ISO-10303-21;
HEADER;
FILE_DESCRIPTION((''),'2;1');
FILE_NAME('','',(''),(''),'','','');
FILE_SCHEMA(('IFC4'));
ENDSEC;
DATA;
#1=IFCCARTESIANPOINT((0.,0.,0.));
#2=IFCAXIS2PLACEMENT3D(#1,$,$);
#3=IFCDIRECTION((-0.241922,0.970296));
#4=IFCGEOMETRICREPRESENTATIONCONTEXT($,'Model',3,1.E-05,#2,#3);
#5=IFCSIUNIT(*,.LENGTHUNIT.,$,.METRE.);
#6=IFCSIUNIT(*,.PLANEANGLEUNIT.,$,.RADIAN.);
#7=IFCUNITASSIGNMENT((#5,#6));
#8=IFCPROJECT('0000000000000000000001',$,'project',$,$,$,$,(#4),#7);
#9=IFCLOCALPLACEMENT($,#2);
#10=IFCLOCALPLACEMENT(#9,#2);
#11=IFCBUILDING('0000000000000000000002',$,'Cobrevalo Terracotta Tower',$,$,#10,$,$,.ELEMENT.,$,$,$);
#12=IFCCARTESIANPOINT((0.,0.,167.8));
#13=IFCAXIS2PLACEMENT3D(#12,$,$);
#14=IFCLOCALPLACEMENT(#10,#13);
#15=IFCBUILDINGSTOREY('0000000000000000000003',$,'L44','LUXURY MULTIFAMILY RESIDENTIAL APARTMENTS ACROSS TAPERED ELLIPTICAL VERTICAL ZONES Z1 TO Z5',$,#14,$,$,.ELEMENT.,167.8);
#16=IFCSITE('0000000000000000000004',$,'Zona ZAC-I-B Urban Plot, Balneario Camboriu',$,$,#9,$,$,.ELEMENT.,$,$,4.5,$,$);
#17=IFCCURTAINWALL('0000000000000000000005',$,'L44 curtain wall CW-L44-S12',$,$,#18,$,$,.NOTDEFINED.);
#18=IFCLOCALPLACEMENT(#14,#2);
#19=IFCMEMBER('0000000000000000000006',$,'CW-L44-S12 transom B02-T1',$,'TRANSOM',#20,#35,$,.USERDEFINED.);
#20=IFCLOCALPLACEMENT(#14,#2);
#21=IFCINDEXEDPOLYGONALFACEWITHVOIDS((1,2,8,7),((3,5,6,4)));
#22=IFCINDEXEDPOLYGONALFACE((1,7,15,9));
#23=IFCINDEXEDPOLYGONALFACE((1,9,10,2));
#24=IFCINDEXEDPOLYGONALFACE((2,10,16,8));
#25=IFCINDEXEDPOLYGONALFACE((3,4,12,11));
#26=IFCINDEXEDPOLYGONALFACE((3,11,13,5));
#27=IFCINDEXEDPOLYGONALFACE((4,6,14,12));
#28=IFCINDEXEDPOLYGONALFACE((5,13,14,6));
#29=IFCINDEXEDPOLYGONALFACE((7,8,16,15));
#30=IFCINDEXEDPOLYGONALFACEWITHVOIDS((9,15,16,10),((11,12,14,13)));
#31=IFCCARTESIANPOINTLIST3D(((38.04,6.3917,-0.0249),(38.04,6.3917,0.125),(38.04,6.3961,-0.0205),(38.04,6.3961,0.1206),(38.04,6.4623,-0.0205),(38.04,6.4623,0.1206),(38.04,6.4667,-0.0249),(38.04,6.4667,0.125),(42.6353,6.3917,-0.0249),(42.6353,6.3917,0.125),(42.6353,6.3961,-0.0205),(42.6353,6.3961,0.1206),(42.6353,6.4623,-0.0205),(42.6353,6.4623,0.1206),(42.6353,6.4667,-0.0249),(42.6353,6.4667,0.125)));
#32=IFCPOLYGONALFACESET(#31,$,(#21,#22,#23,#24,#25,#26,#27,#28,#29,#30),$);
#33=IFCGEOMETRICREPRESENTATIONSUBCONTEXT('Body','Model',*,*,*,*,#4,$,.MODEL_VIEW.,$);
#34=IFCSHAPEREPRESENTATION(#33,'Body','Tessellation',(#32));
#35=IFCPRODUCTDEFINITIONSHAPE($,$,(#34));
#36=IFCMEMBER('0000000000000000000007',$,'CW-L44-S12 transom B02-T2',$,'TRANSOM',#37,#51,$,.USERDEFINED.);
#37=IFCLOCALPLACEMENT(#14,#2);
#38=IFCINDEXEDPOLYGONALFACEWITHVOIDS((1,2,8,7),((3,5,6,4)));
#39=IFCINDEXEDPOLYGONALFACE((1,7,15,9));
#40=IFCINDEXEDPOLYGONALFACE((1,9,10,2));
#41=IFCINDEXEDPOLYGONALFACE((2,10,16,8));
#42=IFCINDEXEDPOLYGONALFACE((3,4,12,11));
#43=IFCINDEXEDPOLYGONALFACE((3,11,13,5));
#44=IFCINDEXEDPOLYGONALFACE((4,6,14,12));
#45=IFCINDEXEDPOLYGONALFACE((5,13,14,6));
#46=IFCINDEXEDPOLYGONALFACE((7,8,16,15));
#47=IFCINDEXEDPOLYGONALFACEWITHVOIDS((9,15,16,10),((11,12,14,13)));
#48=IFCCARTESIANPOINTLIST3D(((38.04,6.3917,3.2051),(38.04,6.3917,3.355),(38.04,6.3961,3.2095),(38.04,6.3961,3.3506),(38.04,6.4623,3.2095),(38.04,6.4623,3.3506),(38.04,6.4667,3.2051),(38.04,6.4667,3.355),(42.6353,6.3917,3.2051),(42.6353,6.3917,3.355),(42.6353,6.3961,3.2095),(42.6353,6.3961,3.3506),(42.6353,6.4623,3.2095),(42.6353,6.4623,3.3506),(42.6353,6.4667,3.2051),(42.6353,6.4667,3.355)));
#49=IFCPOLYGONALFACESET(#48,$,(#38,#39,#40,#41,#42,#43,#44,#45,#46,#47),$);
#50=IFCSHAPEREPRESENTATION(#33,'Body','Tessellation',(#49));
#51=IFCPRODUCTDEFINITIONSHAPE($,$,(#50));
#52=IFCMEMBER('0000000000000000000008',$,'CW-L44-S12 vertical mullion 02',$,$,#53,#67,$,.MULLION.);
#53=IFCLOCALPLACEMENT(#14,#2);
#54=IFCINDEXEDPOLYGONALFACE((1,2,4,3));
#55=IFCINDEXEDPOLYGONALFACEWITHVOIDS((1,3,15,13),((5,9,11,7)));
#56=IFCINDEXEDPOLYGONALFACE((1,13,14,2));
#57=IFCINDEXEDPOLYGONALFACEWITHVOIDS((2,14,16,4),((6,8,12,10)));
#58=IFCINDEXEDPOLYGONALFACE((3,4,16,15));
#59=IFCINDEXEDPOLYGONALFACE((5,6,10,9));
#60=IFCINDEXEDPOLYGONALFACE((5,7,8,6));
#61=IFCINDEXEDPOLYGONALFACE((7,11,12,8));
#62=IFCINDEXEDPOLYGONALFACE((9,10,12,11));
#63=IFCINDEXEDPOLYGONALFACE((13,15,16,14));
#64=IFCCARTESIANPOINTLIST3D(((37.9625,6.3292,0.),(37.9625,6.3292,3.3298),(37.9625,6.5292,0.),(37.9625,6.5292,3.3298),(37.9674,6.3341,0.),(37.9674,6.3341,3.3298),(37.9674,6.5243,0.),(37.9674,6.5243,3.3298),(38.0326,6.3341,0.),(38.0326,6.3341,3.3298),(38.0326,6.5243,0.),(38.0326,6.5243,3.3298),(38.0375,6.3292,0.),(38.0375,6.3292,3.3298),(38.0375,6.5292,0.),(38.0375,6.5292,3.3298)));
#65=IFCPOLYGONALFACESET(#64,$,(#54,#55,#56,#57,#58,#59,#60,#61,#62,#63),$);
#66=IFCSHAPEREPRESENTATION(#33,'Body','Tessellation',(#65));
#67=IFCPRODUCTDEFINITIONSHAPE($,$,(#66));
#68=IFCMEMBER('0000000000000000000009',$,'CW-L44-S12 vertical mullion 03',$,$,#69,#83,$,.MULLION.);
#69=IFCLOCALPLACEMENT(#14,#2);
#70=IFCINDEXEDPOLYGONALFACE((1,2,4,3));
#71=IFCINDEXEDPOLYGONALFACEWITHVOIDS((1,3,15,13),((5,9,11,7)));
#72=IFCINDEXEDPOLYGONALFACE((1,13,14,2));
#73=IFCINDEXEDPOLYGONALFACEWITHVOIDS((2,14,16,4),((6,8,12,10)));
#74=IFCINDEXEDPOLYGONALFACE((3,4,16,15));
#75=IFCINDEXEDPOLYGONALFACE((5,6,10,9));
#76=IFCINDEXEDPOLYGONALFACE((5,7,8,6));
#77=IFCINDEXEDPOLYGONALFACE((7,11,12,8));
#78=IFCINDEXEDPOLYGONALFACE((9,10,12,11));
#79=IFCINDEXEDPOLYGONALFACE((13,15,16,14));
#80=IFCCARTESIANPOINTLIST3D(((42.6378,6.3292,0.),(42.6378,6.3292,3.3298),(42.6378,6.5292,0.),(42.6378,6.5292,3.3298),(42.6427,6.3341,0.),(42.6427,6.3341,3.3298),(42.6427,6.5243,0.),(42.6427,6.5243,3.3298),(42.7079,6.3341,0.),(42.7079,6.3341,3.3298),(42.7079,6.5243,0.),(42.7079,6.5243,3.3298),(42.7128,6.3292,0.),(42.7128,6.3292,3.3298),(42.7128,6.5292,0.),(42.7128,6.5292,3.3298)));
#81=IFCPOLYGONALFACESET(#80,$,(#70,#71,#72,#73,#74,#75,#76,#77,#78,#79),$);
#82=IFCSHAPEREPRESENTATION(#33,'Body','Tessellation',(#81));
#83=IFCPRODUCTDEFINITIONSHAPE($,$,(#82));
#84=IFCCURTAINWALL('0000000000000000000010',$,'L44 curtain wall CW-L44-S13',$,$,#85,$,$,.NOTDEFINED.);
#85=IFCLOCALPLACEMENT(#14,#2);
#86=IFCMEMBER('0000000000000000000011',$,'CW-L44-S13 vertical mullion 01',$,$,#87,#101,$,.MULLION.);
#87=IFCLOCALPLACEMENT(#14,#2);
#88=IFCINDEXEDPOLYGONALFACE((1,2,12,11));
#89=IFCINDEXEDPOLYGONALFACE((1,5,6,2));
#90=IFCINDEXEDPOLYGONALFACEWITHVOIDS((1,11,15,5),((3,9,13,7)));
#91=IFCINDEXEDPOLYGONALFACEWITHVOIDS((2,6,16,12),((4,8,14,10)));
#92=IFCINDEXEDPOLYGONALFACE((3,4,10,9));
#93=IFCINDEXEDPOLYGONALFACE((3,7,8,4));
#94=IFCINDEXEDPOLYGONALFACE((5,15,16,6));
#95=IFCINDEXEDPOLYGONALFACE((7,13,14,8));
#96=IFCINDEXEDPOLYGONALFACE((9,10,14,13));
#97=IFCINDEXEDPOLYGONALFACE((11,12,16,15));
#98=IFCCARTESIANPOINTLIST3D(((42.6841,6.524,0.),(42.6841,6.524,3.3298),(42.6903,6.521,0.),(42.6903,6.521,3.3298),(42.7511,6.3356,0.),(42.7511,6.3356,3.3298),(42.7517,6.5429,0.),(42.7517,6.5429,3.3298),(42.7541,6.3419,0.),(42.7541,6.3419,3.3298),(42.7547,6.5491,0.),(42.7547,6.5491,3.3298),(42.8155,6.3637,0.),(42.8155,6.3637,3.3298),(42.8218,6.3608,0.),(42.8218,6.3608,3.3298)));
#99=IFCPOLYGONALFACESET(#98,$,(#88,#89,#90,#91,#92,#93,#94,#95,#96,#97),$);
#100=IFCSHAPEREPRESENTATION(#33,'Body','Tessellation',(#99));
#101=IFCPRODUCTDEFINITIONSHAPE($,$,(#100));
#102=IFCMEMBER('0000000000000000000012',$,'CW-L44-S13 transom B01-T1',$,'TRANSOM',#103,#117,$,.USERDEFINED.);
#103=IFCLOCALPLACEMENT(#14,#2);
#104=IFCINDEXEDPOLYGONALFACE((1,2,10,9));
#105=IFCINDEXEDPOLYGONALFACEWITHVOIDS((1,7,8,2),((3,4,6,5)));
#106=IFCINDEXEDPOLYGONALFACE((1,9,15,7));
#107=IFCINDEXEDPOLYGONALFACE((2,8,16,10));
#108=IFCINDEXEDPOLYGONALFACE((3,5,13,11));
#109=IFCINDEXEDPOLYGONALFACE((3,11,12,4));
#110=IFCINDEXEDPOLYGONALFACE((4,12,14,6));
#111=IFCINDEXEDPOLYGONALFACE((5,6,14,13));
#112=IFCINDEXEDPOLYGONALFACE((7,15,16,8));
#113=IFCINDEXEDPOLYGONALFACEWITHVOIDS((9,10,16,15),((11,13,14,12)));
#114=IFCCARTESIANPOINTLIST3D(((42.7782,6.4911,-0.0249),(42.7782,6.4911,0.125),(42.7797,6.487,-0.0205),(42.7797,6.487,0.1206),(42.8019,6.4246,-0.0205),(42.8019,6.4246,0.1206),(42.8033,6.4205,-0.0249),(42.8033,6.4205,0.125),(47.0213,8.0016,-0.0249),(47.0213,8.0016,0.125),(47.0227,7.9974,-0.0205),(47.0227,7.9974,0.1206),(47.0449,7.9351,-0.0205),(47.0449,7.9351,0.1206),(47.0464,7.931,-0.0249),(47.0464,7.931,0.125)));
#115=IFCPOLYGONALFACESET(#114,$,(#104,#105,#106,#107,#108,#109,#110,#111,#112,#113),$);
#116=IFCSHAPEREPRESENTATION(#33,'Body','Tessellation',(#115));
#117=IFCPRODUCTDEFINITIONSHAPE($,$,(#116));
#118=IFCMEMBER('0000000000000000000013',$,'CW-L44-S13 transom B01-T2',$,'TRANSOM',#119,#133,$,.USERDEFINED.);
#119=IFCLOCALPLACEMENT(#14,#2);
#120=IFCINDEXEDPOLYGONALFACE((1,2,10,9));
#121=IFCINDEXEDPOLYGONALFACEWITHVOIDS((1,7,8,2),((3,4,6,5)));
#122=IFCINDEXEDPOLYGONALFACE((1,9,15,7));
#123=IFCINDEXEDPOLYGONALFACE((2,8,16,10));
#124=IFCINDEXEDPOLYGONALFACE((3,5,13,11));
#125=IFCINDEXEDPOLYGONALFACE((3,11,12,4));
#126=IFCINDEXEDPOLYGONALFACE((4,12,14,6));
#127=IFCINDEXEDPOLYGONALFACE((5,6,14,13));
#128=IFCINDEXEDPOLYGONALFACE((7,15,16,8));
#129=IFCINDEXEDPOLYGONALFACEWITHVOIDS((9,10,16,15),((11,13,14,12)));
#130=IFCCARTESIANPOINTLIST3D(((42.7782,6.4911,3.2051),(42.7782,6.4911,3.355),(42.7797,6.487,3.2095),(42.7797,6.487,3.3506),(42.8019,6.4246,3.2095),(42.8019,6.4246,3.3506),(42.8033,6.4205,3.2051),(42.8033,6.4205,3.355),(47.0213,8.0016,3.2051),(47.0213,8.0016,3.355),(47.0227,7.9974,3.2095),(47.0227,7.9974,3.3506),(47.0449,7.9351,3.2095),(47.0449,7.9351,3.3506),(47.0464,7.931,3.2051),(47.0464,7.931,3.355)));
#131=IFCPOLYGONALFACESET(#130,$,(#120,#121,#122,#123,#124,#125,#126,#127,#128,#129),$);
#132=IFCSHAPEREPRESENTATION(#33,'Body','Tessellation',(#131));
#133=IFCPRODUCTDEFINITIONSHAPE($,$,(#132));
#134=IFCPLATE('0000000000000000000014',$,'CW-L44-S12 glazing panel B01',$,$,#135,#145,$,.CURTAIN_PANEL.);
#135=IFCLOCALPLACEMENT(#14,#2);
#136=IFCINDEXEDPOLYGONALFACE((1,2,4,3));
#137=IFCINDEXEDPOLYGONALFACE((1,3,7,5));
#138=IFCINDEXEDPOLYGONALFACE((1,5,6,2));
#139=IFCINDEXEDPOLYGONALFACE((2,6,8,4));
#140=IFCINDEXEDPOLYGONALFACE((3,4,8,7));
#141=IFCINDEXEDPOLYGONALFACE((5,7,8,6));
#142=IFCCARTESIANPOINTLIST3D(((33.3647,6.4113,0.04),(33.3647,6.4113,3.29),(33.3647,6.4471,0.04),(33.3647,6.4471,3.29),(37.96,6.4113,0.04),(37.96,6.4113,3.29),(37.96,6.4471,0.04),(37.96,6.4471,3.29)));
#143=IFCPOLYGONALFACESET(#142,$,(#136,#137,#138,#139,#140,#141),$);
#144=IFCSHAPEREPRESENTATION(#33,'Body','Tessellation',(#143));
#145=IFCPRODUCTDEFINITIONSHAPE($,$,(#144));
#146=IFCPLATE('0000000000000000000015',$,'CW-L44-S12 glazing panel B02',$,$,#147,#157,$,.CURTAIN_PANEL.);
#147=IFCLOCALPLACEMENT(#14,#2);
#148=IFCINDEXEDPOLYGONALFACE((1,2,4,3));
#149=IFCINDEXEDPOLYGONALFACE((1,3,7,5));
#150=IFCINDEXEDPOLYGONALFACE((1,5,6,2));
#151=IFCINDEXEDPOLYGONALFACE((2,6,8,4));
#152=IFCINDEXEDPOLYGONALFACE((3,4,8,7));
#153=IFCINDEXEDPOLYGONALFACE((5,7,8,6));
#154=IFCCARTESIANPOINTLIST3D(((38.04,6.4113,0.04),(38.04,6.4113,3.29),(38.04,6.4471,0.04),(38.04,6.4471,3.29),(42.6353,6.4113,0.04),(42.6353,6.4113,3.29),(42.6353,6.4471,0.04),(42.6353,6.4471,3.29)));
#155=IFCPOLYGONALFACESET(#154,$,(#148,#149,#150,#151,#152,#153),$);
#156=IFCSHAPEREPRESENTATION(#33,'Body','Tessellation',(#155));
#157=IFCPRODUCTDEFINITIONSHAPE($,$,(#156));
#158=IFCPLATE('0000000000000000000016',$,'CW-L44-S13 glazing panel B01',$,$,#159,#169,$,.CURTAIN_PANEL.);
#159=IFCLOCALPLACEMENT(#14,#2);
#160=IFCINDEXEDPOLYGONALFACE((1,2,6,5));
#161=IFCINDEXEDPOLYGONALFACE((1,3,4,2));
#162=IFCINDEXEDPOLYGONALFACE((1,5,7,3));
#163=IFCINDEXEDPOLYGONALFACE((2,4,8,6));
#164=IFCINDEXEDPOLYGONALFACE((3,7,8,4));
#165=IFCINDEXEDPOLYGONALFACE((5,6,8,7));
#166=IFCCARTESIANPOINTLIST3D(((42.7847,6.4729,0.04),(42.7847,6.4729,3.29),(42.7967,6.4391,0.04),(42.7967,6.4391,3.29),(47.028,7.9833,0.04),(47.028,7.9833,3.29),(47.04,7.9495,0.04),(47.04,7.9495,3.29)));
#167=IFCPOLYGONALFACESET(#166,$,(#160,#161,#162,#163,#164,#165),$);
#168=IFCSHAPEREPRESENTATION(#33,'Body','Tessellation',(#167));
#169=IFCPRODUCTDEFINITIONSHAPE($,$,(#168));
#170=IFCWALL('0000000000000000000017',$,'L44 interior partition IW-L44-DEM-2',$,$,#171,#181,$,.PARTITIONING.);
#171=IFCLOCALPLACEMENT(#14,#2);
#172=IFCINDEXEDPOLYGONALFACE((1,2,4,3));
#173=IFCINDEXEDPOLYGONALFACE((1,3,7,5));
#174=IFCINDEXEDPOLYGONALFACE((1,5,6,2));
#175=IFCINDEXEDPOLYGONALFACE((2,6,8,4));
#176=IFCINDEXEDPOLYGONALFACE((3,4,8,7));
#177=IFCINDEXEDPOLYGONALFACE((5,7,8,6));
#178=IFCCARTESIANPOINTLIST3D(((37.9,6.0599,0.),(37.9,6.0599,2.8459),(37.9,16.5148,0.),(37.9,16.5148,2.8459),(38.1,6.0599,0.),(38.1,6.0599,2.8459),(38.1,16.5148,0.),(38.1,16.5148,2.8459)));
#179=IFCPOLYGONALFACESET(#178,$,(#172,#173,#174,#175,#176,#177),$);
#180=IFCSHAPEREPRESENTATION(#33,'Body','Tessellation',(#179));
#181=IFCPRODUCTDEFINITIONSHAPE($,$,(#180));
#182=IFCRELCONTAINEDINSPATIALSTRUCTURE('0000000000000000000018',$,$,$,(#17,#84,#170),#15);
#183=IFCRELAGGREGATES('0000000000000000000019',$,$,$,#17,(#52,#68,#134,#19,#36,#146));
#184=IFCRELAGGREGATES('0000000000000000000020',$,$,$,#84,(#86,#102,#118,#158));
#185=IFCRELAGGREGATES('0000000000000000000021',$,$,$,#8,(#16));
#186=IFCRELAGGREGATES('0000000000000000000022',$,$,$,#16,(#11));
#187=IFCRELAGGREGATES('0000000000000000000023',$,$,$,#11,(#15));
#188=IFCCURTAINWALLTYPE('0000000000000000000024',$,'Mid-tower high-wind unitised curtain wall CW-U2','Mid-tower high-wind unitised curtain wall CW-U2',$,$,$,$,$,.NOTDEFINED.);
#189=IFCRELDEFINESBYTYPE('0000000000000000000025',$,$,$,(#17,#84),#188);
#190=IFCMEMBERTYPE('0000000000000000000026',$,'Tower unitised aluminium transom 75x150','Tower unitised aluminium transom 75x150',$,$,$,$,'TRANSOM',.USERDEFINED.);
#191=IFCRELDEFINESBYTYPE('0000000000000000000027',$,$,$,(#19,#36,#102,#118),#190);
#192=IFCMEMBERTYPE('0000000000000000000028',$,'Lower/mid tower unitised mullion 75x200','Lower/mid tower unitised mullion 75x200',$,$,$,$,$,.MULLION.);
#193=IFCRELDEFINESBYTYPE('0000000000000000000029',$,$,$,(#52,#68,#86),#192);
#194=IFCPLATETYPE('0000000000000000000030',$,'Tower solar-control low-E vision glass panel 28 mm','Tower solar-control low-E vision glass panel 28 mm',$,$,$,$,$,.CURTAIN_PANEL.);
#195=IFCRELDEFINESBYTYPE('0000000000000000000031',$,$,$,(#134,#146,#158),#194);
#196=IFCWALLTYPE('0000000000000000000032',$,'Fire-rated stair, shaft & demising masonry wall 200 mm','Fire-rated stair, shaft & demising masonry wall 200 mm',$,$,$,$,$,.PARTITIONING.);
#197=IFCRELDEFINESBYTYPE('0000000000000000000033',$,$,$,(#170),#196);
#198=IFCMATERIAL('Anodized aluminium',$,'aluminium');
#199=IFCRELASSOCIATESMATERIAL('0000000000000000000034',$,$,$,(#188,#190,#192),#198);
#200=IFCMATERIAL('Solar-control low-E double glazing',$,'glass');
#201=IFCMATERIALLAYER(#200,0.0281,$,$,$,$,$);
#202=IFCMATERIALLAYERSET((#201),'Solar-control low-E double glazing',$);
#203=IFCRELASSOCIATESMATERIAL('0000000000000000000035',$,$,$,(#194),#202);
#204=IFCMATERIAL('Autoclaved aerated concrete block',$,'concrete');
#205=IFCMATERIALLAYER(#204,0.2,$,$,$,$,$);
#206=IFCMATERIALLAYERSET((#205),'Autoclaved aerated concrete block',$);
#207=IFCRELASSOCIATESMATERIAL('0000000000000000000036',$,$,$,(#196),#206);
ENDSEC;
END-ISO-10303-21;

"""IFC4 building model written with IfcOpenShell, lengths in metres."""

from ifc_helpers import new_model, si_unit, direction, frame, frame_2d, origin, origin_2d, place, context, subcontext, project, spatial, rectangle, hollow_rectangle, extrude, source, transform, mapped, material, layer, layer_set, material_profile, profile_set, type_object, element, aggregate, save


model = new_model("IFC4")

# Units and contexts
model_context = context("Model", 3, precision=1e-05, world=origin(), true_north=direction((-0.241922, 0.970296)))
body_context = subcontext(model_context, "Body", "Model", "MODEL_VIEW")
ifc_project = project(units=[si_unit("LENGTHUNIT", "METRE"), si_unit("PLANEANGLEUNIT", "RADIAN")], contexts=[model_context])

# Site, building, storey
site_placement = place(None, origin())
site = spatial("IfcSite", under=ifc_project, at=site_placement, Name="Zona ZAC-I-B Urban Plot, Balneario Camboriu", CompositionType="ELEMENT", RefElevation=4.5)
building_placement = place(site_placement, origin())
building = spatial("IfcBuilding", under=site, at=building_placement, Name="Cobrevalo Terracotta Tower", CompositionType="ELEMENT")
storey_placement = place(building_placement, frame((0.0, 0.0, 167.8)))
storey = spatial("IfcBuildingStorey", under=building, at=storey_placement, Name="L44", Description="LUXURY MULTIFAMILY RESIDENTIAL APARTMENTS ACROSS TAPERED ELLIPTICAL VERTICAL ZONES Z1 TO Z5", CompositionType="ELEMENT", Elevation=167.8)

# Curtain walls, members
ifc_material_1 = material(Name="Anodized aluminium", Category="aluminium")
curtain_wall_type = type_object("IfcCurtainWallType", Name="Mid-tower high-wind unitised curtain wall CW-U2", Description="Mid-tower high-wind unitised curtain wall CW-U2", PredefinedType="NOTDEFINED", material=ifc_material_1)
curtain_wall_1_placement = place(storey_placement, origin())
curtain_wall_1 = element("IfcCurtainWall", 1, at=curtain_wall_1_placement, inside=storey, type_object=curtain_wall_type, Name="L44 curtain wall CW-L44-S12", PredefinedType="NOTDEFINED")
ifc_material_profile_1 = material_profile(ifc_material_1, hollow_rectangle(XDim=0.075, YDim=0.1499, WallThickness=0.0044, at=origin_2d()), Name="CWT 75x150")
ifc_profile_set_1 = profile_set([ifc_material_profile_1], Name="Anodized aluminium")
member_type_1 = type_object("IfcMemberType", Name="Tower unitised aluminium transom 75x150", Description="Tower unitised aluminium transom 75x150", ElementType="TRANSOM", PredefinedType="USERDEFINED", material=ifc_profile_set_1)
shared_shape_1 = source(origin(), body_context, "Body", "SweptSolid", [
    extrude(hollow_rectangle(XDim=0.075, YDim=0.1499, WallThickness=0.0044, at=origin_2d()), origin(), (0.0, 0.0, 1.0), 4.5952),
])
member_1_placement = place(storey_placement, frame((38.04, 6.4292, 0.05), z_axis=(1.0, 0.0, 0.0), x_axis=(0.0, 1.0, 0.0)))
member_1 = element("IfcMember", 2, at=member_1_placement, type_object=member_type_1, Name="CW-L44-S12 transom B02-T1", ObjectType="TRANSOM", PredefinedType="USERDEFINED", context=body_context, shape_type="MappedRepresentation", body=[
    mapped(shared_shape_1, transform((0.0, 0.0, 0.0), scale=1.0)),
])
member_2_placement = place(storey_placement, frame((38.04, 6.4292, 3.28), z_axis=(1.0, 0.0, 0.0), x_axis=(0.0, 1.0, 0.0)))
member_2 = element("IfcMember", 3, at=member_2_placement, type_object=member_type_1, Name="CW-L44-S12 transom B02-T2", ObjectType="TRANSOM", PredefinedType="USERDEFINED", context=body_context, shape_type="MappedRepresentation", body=[
    mapped(shared_shape_1, transform((0.0, 0.0, 0.0), scale=1.0)),
])
ifc_material_profile_2 = material_profile(ifc_material_1, hollow_rectangle(XDim=0.075, YDim=0.2, WallThickness=0.0049, at=origin_2d()), Name="CWM 75x200")
ifc_profile_set_2 = profile_set([ifc_material_profile_2], Name="Anodized aluminium")
member_type_2 = type_object("IfcMemberType", Name="Lower/mid tower unitised mullion 75x200", Description="Lower/mid tower unitised mullion 75x200", PredefinedType="MULLION", material=ifc_profile_set_2)
shared_shape_2 = source(origin(), body_context, "Body", "SweptSolid", [
    extrude(hollow_rectangle(XDim=0.075, YDim=0.2, WallThickness=0.0049, at=origin_2d()), origin(), (0.0, 0.0, 1.0), 3.3298),
])
member_3_placement = place(storey_placement, frame((38.0, 6.4292, 0.0), z_axis=(0.0, 0.0, 1.0), x_axis=(1.0, 0.0, 0.0)))
member_3 = element("IfcMember", 4, at=member_3_placement, type_object=member_type_2, Name="CW-L44-S12 vertical mullion 02", PredefinedType="MULLION", context=body_context, shape_type="MappedRepresentation", body=[
    mapped(shared_shape_2, transform((0.0, 0.0, 0.0), scale=1.0)),
])
member_4_placement = place(storey_placement, frame((42.6753, 6.4292, 0.0), z_axis=(0.0, 0.0, 1.0), x_axis=(1.0, 0.0, 0.0)))
member_4 = element("IfcMember", 5, at=member_4_placement, type_object=member_type_2, Name="CW-L44-S12 vertical mullion 03", PredefinedType="MULLION", context=body_context, shape_type="MappedRepresentation", body=[
    mapped(shared_shape_2, transform((0.0, 0.0, 0.0), scale=1.0)),
])
curtain_wall_2_placement = place(storey_placement, origin())
curtain_wall_2 = element("IfcCurtainWall", 6, at=curtain_wall_2_placement, inside=storey, type_object=curtain_wall_type, Name="L44 curtain wall CW-L44-S13", PredefinedType="NOTDEFINED")
member_5_placement = place(storey_placement, frame((42.7529, 6.4424, 0.0), z_axis=(0.0, 0.0, 1.0), x_axis=(0.942098, 0.335336, 0.0)))
member_5 = element("IfcMember", 7, at=member_5_placement, type_object=member_type_2, Name="CW-L44-S13 vertical mullion 01", PredefinedType="MULLION", context=body_context, shape_type="MappedRepresentation", body=[
    mapped(shared_shape_2, transform((0.0, 0.0, 0.0), scale=1.0)),
])
shared_shape_3 = source(origin(), body_context, "Body", "SweptSolid", [
    extrude(hollow_rectangle(XDim=0.075, YDim=0.1499, WallThickness=0.0044, at=origin_2d()), origin(), (0.0, 0.0, 1.0), 4.5039),
])
member_6_placement = place(storey_placement, frame((42.7908, 6.4558, 0.05), z_axis=(0.942087, 0.335368, 0.0), x_axis=(-0.335368, 0.942087, 0.0)))
member_6 = element("IfcMember", 8, at=member_6_placement, type_object=member_type_1, Name="CW-L44-S13 transom B01-T1", ObjectType="TRANSOM", PredefinedType="USERDEFINED", context=body_context, shape_type="MappedRepresentation", body=[
    mapped(shared_shape_3, transform((0.0, 0.0, 0.0), scale=1.0)),
])
member_7_placement = place(storey_placement, frame((42.7908, 6.4558, 3.28), z_axis=(0.942087, 0.335368, 0.0), x_axis=(-0.335368, 0.942087, 0.0)))
member_7 = element("IfcMember", 9, at=member_7_placement, type_object=member_type_1, Name="CW-L44-S13 transom B01-T2", ObjectType="TRANSOM", PredefinedType="USERDEFINED", context=body_context, shape_type="MappedRepresentation", body=[
    mapped(shared_shape_3, transform((0.0, 0.0, 0.0), scale=1.0)),
])

# Plates
ifc_material_2 = material(Name="Solar-control low-E double glazing", Category="glass")
ifc_layer_1 = layer(ifc_material_2, 0.0281)
ifc_layer_set_1 = layer_set([ifc_layer_1], Name="Solar-control low-E double glazing")
plate_type = type_object("IfcPlateType", Name="Tower solar-control low-E vision glass panel 28 mm", Description="Tower solar-control low-E vision glass panel 28 mm", PredefinedType="CURTAIN_PANEL", material=ifc_layer_set_1)
shared_shape_4 = source(origin(), body_context, "Body", "SweptSolid", [
    extrude(rectangle(XDim=4.5952, YDim=0.0359, at=origin_2d()), origin(), (0.0, 0.0, 1.0), 3.25),
])
plate_1_placement = place(storey_placement, frame((35.6624, 6.4292, 0.04), z_axis=(0.0, 0.0, 1.0), x_axis=(1.0, 0.0, 0.0)))
plate_1 = element("IfcPlate", 10, at=plate_1_placement, type_object=plate_type, Name="CW-L44-S12 glazing panel B01", PredefinedType="CURTAIN_PANEL", context=body_context, shape_type="MappedRepresentation", body=[
    mapped(shared_shape_4, transform((0.0, 0.0, 0.0), scale=1.0)),
])
plate_2_placement = place(storey_placement, frame((40.3376, 6.4292, 0.04), z_axis=(0.0, 0.0, 1.0), x_axis=(1.0, 0.0, 0.0)))
plate_2 = element("IfcPlate", 11, at=plate_2_placement, type_object=plate_type, Name="CW-L44-S12 glazing panel B02", PredefinedType="CURTAIN_PANEL", context=body_context, shape_type="MappedRepresentation", body=[
    mapped(shared_shape_4, transform((0.0, 0.0, 0.0), scale=1.0)),
])
aggregate(curtain_wall_1, [member_3, member_4, plate_1, member_1, member_2, plate_2])
shared_shape_5 = source(origin(), body_context, "Body", "SweptSolid", [
    extrude(rectangle(XDim=4.5042, YDim=0.0359, at=origin_2d()), origin(), (0.0, 0.0, 1.0), 3.25),
])
plate_3_placement = place(storey_placement, frame((44.9124, 7.2112, 0.04), z_axis=(0.0, 0.0, 1.0), x_axis=(0.942098, 0.335336, 0.0)))
plate_3 = element("IfcPlate", 12, at=plate_3_placement, type_object=plate_type, Name="CW-L44-S13 glazing panel B01", PredefinedType="CURTAIN_PANEL", context=body_context, shape_type="MappedRepresentation", body=[
    mapped(shared_shape_5, transform((0.0, 0.0, 0.0), scale=1.0)),
])
aggregate(curtain_wall_2, [member_5, member_6, member_7, plate_3])

# Wall
ifc_material_3 = material(Name="Autoclaved aerated concrete block", Category="concrete")
ifc_layer_2 = layer(ifc_material_3, 0.2)
ifc_layer_set_2 = layer_set([ifc_layer_2], Name="Autoclaved aerated concrete block")
wall_type_1 = type_object("IfcWallType", Name="Fire-rated stair, shaft & demising masonry wall 200 mm", Description="Fire-rated stair, shaft & demising masonry wall 200 mm", PredefinedType="PARTITIONING", material=ifc_layer_set_2)
wall_1_placement = place(storey_placement, frame((38.0, 16.5149, 0.0), z_axis=(0.0, 0.0, 1.0), x_axis=(0.0, -1.0, 0.0)))
element("IfcWall", 13, at=wall_1_placement, inside=storey, type_object=wall_type_1, Name="L44 interior partition IW-L44-DEM-2", PredefinedType="PARTITIONING", context=body_context, shape_type="SweptSolid", body=[
    extrude(rectangle(XDim=10.4548, YDim=0.2, at=frame_2d((5.2275, 0.0))), origin(), (0.0, 0.0, 1.0), 2.8459),
])

save(model, "model.ifc")
